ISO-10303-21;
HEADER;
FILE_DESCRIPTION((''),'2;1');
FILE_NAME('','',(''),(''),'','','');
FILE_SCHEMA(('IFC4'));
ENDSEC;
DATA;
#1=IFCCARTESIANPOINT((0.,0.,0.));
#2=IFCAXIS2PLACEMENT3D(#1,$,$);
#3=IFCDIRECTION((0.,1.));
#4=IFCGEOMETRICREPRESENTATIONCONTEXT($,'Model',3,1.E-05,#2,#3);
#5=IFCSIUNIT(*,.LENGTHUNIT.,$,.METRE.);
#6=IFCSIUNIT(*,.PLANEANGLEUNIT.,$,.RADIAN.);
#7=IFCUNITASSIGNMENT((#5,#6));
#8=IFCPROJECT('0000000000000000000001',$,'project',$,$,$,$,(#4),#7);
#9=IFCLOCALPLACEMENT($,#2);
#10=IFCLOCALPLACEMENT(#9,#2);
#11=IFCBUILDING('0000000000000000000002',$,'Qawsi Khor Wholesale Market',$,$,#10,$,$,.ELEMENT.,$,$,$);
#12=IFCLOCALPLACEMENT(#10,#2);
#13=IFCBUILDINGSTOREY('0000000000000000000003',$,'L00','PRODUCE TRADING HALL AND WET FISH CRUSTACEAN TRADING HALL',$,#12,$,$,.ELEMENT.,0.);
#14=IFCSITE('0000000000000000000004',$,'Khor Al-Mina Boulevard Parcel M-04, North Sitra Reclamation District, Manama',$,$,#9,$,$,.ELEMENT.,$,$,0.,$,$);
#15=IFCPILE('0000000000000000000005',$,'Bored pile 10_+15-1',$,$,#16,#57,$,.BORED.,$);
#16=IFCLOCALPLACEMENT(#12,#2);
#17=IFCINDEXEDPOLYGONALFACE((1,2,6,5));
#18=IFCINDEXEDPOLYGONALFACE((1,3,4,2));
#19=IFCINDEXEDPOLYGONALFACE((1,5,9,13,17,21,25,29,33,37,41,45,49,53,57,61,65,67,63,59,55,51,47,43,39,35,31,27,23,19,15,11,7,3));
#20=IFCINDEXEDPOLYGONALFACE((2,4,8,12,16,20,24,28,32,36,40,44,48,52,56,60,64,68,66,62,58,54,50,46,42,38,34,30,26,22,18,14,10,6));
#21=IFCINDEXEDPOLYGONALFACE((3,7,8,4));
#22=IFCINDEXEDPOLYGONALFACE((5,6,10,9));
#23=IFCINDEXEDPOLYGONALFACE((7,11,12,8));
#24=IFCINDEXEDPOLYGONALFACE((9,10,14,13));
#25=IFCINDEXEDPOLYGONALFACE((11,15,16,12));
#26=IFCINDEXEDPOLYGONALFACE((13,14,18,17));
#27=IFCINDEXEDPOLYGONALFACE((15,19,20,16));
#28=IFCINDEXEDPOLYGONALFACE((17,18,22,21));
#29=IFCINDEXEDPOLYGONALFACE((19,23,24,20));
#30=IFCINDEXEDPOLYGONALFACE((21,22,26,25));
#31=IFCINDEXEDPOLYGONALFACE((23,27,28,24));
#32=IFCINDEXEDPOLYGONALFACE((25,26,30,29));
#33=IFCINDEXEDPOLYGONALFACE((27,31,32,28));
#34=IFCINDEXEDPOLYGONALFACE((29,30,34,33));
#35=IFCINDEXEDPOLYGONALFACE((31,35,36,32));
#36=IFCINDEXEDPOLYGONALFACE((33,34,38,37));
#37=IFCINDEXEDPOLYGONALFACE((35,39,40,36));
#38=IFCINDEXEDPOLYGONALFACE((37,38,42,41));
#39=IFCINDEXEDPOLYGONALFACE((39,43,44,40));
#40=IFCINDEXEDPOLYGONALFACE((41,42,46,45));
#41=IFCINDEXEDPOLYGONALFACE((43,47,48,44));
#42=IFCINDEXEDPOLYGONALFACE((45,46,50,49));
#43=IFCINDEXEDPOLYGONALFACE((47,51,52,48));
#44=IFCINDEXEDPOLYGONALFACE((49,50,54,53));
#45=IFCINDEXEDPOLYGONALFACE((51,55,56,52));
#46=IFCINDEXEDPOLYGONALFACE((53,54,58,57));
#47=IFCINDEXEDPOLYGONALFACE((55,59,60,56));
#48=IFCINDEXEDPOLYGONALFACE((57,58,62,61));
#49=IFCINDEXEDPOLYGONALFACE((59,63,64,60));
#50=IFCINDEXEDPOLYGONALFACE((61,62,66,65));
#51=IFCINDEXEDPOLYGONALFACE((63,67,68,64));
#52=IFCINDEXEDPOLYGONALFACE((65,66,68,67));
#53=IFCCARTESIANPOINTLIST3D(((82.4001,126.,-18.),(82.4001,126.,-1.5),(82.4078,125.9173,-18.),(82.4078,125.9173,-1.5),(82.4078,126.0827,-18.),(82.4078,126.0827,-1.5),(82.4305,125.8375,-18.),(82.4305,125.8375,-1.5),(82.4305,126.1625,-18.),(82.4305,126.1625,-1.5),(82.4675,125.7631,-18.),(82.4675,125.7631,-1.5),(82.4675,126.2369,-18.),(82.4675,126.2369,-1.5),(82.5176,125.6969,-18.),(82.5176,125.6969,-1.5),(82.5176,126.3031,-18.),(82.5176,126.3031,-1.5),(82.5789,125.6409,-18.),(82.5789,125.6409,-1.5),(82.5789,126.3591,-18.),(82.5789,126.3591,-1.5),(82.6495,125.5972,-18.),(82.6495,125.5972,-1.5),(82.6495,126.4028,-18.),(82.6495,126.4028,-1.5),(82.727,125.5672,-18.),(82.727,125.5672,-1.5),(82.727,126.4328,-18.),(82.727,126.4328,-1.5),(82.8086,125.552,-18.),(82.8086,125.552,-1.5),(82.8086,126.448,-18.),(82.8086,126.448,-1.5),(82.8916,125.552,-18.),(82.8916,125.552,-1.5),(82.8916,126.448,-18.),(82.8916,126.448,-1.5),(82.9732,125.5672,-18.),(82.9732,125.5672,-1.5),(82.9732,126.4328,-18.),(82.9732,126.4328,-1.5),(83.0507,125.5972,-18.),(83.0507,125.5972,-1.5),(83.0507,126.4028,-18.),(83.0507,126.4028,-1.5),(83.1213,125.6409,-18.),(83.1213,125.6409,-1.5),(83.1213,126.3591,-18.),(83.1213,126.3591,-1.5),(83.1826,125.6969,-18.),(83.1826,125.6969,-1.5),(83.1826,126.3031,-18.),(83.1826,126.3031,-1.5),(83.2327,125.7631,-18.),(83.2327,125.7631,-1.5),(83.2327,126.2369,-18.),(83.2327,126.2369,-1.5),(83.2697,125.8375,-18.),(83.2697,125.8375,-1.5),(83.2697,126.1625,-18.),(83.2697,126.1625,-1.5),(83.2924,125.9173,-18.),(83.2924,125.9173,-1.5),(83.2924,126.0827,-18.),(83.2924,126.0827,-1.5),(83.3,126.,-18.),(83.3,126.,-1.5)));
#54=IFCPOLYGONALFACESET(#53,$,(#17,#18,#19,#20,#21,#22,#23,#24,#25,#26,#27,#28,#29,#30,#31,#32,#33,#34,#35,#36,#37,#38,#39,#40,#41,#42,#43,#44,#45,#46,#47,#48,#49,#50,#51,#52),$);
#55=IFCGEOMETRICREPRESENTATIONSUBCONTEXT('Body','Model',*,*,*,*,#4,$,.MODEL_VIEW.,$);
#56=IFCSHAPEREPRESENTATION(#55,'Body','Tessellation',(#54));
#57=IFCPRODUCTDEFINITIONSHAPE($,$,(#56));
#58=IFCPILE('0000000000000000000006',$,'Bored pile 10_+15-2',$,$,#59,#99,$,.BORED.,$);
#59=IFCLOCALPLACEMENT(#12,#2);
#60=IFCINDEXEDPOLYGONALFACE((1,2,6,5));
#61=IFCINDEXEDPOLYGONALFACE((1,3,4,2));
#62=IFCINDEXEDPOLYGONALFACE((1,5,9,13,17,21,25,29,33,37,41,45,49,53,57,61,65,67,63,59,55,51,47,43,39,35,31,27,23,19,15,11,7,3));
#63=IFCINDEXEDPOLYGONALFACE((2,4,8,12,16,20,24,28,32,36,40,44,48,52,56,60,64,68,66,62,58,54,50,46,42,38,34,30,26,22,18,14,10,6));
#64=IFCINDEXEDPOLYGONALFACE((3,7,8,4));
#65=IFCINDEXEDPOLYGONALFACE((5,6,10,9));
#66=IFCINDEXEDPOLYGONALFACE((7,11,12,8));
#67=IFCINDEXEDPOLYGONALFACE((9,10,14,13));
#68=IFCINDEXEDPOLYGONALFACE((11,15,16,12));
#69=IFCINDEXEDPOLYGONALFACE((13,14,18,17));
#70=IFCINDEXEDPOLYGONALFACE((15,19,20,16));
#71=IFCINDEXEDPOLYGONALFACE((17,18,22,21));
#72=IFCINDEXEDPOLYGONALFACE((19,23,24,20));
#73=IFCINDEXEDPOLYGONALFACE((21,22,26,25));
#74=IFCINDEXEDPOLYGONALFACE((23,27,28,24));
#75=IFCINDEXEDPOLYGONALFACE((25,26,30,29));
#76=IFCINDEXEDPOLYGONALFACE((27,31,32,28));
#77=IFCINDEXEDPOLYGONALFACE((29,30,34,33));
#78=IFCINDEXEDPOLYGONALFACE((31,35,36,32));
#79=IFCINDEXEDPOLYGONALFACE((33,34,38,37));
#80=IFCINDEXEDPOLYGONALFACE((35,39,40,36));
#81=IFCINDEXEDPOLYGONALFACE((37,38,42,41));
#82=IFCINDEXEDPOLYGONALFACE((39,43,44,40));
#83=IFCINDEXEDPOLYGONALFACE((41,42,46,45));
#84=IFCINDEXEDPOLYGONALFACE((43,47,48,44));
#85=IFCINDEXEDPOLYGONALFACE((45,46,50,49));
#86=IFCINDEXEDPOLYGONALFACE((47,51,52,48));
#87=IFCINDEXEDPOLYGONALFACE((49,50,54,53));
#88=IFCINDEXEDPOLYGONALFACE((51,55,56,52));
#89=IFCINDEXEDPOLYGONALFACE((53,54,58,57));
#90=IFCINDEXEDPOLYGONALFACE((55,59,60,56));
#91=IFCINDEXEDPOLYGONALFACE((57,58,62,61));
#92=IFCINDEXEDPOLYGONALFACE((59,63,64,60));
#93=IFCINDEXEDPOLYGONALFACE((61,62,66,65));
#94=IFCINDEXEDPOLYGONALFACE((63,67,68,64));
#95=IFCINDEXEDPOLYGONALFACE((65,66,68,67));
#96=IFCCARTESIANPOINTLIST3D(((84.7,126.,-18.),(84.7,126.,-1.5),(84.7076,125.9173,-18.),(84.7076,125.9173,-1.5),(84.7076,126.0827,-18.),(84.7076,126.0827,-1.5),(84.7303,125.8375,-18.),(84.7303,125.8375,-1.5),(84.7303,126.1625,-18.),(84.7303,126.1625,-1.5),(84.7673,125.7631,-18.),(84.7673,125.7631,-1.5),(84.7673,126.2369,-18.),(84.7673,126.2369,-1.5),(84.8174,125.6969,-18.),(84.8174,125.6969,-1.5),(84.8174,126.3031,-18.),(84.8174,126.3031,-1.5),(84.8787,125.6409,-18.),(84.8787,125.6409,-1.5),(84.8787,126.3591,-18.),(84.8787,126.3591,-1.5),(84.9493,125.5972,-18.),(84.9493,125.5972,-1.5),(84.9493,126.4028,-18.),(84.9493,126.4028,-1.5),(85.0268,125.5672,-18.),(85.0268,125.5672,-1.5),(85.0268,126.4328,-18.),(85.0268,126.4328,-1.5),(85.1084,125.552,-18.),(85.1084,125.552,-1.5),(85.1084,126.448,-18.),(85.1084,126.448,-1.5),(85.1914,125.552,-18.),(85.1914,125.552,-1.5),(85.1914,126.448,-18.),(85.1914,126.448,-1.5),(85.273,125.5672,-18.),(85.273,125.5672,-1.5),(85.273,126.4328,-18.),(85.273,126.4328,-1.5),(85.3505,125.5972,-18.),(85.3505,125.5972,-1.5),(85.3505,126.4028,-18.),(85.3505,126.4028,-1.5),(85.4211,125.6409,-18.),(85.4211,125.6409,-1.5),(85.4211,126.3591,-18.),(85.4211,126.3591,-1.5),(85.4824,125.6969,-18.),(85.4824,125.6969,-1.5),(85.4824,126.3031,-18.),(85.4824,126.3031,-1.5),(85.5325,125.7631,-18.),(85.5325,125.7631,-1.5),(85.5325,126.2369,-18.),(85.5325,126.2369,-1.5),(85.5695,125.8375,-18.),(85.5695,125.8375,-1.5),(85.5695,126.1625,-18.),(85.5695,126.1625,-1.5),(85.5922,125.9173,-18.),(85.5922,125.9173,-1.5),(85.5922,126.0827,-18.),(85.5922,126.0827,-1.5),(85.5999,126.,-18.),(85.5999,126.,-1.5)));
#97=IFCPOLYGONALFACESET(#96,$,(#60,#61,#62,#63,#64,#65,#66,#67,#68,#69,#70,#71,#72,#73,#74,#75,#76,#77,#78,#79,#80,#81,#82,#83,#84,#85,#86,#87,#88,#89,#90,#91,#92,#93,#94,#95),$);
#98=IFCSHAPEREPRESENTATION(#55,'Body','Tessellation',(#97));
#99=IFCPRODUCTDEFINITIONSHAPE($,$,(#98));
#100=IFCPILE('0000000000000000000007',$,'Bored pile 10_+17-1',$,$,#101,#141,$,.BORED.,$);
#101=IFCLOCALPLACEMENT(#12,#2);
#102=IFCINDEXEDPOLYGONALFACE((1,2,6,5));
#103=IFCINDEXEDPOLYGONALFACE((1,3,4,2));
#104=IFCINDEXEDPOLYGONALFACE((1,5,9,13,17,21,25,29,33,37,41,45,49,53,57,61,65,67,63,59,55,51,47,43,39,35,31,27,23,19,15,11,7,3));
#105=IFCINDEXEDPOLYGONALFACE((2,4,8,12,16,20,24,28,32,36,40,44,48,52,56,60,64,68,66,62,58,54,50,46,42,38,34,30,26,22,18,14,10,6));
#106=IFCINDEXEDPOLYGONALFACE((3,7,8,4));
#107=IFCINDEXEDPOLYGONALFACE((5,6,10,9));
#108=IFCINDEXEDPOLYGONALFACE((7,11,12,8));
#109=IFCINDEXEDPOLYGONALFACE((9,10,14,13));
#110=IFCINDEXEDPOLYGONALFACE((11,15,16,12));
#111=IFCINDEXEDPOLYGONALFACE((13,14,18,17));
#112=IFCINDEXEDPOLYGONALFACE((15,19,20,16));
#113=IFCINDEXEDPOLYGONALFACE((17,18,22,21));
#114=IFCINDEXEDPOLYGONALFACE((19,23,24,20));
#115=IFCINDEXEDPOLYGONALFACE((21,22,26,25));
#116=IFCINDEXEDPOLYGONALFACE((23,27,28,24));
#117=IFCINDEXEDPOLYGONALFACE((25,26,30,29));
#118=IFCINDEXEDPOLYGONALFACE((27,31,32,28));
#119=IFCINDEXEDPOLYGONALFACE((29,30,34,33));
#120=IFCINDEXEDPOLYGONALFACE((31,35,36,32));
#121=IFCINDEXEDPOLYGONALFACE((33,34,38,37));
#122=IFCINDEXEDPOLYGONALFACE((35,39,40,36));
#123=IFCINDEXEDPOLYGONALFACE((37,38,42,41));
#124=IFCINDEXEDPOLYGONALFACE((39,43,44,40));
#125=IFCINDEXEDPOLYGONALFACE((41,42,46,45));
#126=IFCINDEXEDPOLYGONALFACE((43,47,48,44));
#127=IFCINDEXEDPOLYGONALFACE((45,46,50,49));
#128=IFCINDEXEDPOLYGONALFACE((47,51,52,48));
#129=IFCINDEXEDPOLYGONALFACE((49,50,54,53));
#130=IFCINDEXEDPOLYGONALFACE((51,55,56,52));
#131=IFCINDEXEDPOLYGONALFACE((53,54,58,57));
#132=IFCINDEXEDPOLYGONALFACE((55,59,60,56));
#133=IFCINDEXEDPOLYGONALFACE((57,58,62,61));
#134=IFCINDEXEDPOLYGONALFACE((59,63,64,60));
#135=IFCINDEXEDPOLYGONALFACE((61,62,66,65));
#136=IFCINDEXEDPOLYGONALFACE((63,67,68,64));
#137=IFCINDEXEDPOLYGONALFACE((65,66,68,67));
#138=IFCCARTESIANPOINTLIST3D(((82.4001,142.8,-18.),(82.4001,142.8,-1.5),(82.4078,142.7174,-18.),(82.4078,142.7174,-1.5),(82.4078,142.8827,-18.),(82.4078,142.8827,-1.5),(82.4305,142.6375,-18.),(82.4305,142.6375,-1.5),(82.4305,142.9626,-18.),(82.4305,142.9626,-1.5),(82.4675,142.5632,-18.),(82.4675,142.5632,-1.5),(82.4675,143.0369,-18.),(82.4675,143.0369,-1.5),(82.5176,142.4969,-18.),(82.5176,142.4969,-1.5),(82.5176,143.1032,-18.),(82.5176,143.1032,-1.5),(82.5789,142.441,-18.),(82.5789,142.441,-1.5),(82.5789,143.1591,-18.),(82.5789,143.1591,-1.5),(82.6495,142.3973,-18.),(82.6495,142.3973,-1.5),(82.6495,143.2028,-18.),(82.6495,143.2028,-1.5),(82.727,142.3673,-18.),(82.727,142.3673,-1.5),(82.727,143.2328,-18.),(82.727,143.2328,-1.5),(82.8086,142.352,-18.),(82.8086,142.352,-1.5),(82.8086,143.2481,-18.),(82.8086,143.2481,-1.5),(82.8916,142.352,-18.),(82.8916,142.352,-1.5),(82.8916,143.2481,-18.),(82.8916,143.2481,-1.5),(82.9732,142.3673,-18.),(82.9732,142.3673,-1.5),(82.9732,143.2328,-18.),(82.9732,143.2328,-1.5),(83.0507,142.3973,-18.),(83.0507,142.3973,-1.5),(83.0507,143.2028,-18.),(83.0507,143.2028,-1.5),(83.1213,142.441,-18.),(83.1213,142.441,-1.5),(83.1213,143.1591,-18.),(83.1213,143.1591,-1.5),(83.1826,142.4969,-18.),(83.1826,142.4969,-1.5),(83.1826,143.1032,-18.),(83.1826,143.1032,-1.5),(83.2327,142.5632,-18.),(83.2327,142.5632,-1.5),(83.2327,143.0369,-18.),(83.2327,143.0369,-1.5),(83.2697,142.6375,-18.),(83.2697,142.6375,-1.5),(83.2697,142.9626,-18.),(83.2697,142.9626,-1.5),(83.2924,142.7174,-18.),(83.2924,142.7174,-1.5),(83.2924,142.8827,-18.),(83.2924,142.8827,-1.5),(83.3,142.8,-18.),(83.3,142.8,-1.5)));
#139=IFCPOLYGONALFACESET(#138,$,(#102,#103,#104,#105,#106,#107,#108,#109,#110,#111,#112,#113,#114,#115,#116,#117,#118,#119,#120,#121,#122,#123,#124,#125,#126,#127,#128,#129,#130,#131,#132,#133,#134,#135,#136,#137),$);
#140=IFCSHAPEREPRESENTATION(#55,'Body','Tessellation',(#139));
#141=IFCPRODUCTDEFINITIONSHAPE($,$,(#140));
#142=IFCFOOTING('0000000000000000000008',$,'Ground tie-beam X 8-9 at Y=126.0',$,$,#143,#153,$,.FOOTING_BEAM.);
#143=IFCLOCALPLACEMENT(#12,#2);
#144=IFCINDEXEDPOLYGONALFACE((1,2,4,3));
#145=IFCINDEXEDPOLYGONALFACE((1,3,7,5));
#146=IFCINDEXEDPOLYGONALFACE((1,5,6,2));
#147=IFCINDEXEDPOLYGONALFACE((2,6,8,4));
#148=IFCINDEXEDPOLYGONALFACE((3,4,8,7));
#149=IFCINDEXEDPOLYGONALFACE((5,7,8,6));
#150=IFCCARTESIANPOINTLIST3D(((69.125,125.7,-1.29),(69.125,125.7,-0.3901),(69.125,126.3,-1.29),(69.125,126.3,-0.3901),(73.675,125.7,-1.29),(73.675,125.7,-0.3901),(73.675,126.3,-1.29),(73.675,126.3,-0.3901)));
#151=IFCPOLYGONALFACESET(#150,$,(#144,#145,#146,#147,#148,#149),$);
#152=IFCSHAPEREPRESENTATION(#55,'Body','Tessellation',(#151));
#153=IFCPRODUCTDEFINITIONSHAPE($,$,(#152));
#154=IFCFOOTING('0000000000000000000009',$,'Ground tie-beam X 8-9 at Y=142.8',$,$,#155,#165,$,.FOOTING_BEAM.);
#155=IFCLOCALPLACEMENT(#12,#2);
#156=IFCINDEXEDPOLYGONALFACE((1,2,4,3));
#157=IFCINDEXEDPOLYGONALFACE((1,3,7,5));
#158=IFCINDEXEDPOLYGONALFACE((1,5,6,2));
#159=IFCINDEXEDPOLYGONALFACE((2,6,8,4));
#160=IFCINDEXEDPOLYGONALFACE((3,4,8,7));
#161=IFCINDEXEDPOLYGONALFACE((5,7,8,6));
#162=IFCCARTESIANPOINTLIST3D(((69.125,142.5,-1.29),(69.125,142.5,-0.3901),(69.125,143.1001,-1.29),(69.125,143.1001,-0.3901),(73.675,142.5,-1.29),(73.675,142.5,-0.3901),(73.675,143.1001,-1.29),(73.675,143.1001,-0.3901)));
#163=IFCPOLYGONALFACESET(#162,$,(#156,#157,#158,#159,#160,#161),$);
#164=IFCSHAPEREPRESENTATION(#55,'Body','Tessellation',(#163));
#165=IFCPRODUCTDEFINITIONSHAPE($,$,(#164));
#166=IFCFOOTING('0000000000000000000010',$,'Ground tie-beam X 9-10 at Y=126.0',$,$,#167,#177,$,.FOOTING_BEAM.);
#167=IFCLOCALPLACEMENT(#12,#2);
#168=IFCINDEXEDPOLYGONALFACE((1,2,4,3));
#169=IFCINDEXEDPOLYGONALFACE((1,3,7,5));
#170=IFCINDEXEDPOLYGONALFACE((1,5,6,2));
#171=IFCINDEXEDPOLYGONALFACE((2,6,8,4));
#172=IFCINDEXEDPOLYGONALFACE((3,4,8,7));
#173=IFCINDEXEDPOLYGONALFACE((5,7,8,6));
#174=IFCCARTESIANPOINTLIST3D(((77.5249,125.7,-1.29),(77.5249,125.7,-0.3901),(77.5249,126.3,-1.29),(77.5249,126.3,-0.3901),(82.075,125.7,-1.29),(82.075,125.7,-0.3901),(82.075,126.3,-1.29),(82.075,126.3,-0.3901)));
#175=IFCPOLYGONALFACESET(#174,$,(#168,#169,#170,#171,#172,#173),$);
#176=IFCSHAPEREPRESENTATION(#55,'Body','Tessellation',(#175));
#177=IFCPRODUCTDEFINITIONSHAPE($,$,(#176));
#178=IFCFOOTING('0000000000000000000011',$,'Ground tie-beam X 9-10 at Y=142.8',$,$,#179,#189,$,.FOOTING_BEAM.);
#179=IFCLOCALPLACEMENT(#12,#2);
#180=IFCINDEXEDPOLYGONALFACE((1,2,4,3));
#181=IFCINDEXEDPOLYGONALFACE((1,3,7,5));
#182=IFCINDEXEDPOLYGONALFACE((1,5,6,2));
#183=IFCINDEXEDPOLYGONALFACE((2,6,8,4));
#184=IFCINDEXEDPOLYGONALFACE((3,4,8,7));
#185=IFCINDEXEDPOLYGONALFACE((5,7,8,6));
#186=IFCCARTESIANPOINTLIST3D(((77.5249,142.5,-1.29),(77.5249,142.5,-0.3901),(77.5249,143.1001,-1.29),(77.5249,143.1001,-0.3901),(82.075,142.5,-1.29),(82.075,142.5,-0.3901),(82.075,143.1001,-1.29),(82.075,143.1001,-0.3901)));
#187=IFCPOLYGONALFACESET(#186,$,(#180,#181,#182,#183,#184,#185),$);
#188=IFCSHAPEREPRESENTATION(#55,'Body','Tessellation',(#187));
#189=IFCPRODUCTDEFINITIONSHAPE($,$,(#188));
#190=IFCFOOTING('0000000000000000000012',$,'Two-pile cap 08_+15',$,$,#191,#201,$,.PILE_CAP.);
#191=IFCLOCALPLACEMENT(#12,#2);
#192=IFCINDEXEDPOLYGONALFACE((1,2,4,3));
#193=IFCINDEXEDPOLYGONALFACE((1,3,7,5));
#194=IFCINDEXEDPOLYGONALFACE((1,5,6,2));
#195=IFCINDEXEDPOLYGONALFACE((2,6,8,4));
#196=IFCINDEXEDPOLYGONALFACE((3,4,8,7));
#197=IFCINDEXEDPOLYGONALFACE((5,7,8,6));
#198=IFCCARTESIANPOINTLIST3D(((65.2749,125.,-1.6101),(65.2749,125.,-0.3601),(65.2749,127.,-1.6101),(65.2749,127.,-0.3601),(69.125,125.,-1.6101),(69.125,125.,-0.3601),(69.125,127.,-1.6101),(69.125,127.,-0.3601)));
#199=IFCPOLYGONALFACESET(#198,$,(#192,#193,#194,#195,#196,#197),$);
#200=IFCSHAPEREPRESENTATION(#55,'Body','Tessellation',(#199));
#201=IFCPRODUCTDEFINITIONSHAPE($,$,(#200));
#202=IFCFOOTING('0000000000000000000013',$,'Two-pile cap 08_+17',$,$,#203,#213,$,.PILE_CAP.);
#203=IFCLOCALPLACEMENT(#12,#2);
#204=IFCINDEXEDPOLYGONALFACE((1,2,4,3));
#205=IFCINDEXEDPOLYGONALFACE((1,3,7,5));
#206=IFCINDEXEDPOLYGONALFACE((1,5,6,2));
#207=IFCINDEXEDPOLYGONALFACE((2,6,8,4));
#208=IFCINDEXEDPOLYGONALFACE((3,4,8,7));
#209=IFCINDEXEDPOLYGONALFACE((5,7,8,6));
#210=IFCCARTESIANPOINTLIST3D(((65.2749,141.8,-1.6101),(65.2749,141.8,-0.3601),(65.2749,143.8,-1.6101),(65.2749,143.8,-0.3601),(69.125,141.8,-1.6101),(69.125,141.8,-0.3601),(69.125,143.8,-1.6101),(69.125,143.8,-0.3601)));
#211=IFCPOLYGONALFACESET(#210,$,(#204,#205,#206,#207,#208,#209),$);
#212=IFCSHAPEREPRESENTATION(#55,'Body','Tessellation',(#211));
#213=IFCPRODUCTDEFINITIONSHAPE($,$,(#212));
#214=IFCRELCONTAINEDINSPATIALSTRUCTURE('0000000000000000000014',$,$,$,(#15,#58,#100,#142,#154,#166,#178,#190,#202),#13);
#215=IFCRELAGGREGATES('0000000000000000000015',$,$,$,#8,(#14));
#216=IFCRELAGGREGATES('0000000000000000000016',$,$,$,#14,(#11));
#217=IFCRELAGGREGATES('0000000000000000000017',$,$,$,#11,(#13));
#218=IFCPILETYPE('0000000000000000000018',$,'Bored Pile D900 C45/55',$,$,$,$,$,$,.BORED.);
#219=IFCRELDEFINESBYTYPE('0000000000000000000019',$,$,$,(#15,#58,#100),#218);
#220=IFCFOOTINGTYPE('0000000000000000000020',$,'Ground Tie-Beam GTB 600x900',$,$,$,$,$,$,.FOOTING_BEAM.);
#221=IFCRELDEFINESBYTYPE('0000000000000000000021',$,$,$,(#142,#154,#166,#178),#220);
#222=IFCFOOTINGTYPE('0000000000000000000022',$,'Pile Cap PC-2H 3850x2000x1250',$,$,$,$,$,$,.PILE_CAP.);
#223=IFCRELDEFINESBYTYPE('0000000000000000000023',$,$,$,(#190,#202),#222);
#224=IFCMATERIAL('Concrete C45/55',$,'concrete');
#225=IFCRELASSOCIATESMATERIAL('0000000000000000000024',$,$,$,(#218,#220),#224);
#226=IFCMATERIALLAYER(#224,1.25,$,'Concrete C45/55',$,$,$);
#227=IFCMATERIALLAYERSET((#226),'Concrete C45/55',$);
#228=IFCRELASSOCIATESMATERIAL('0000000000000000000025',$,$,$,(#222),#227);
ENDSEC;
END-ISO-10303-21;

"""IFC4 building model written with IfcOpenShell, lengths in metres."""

from ifc_helpers import new_model, si_unit, direction, frame, origin, origin_2d, place, context, subcontext, project, spatial, rectangle, circle, extrude, material, layer, layer_set, material_profile, profile_set, type_object, element, save


model = new_model("IFC4")

# Units and contexts
model_context = context("Model", 3, precision=1e-05, world=origin(), true_north=direction((0.0, 1.0)))
body_context = subcontext(model_context, "Body", "Model", "MODEL_VIEW")
ifc_project = project(units=[si_unit("LENGTHUNIT", "METRE"), si_unit("PLANEANGLEUNIT", "RADIAN")], contexts=[model_context])

# Site, building, storey
site_placement = place(None, origin())
site = spatial("IfcSite", under=ifc_project, at=site_placement, Name="Khor Al-Mina Boulevard Parcel M-04, North Sitra Reclamation District, Manama", CompositionType="ELEMENT", RefElevation=0.0)
building_placement = place(site_placement, origin())
building = spatial("IfcBuilding", under=site, at=building_placement, Name="Qawsi Khor Wholesale Market", CompositionType="ELEMENT")
storey_placement = place(building_placement, origin())
storey = spatial("IfcBuildingStorey", under=building, at=storey_placement, Name="L00", Description="PRODUCE TRADING HALL AND WET FISH CRUSTACEAN TRADING HALL", CompositionType="ELEMENT", Elevation=0.0)

# Piles
ifc_material_1 = material(Name="Concrete C45/55", Category="concrete")
ifc_material_profile_1 = material_profile(ifc_material_1, circle(Radius=0.45, at=origin_2d()), Name="PILE D900")
ifc_profile_set_1 = profile_set([ifc_material_profile_1], Name="Concrete C45/55")
pile_type = type_object("IfcPileType", Name="Bored Pile D900 C45/55", PredefinedType="BORED", material=ifc_profile_set_1)
for number, where, z_axis, x_axis, name in (
    (1, (82.8501, 126.0, -1.5), (0.0, 0.0, -1.0), (1.0, 0.0, 0.0), "Bored pile 10_+15-1"),
    (2, (85.1499, 126.0, -1.5), (0.0, 0.0, -1.0), (1.0, 0.0, 0.0), "Bored pile 10_+15-2"),
    (3, (82.8501, 142.8, -1.5), (0.0, 0.0, -1.0), (1.0, 0.0, 0.0), "Bored pile 10_+17-1"),
):
    element("IfcPile", number, at=place(storey_placement, frame(where, z_axis=z_axis, x_axis=x_axis)), inside=storey, type_object=pile_type, Name=name, PredefinedType="BORED", context=body_context, shape_type="SweptSolid", body=[
        extrude(circle(Radius=0.45, at=origin_2d()), origin(), (0.0, 0.0, 1.0), 16.5),
    ])

# Footings
ifc_material_profile_2 = material_profile(ifc_material_1, rectangle(XDim=0.6001, YDim=0.8999, at=origin_2d()), Name="RC 600x900")
ifc_profile_set_2 = profile_set([ifc_material_profile_2], Name="Concrete C45/55")
footing_type_1 = type_object("IfcFootingType", Name="Ground Tie-Beam GTB 600x900", PredefinedType="FOOTING_BEAM", material=ifc_profile_set_2)
for number, where, z_axis, x_axis, name in (
    (4, (69.125, 126.0, -0.8401), (1.0, 0.0, 0.0), (0.0, 1.0, 0.0), "Ground tie-beam X 8-9 at Y=126.0"),
    (5, (69.125, 142.8, -0.8401), (1.0, 0.0, 0.0), (0.0, 1.0, 0.0), "Ground tie-beam X 8-9 at Y=142.8"),
    (6, (77.5249, 126.0, -0.8401), (1.0, 0.0, 0.0), (0.0, 1.0, 0.0), "Ground tie-beam X 9-10 at Y=126.0"),
    (7, (77.5249, 142.8, -0.8401), (1.0, 0.0, 0.0), (0.0, 1.0, 0.0), "Ground tie-beam X 9-10 at Y=142.8"),
):
    element("IfcFooting", number, at=place(storey_placement, frame(where, z_axis=z_axis, x_axis=x_axis)), inside=storey, type_object=footing_type_1, Name=name, PredefinedType="FOOTING_BEAM", context=body_context, shape_type="SweptSolid", body=[
        extrude(rectangle(XDim=0.6001, YDim=0.8999, at=origin_2d()), origin(), (0.0, 0.0, 1.0), 4.55),
    ])
ifc_layer_1 = layer(ifc_material_1, 1.25, Name="Concrete C45/55")
ifc_layer_set_1 = layer_set([ifc_layer_1], Name="Concrete C45/55")
footing_type_2 = type_object("IfcFootingType", Name="Pile Cap PC-2H 3850x2000x1250", PredefinedType="PILE_CAP", material=ifc_layer_set_1)
for number, where, z_axis, x_axis, name in (
    (8, (67.2, 126.0, -1.6101), (0.0, 0.0, 1.0), (1.0, 0.0, 0.0), "Two-pile cap 08_+15"),
    (9, (67.2, 142.8, -1.6101), (0.0, 0.0, 1.0), (1.0, 0.0, 0.0), "Two-pile cap 08_+17"),
):
    element("IfcFooting", number, at=place(storey_placement, frame(where, z_axis=z_axis, x_axis=x_axis)), inside=storey, type_object=footing_type_2, Name=name, PredefinedType="PILE_CAP", context=body_context, shape_type="SweptSolid", body=[
        extrude(rectangle(XDim=3.8501, YDim=2.0, at=origin_2d()), origin(), (0.0, 0.0, 1.0), 1.25),
    ])

save(model, "model.ifc")
